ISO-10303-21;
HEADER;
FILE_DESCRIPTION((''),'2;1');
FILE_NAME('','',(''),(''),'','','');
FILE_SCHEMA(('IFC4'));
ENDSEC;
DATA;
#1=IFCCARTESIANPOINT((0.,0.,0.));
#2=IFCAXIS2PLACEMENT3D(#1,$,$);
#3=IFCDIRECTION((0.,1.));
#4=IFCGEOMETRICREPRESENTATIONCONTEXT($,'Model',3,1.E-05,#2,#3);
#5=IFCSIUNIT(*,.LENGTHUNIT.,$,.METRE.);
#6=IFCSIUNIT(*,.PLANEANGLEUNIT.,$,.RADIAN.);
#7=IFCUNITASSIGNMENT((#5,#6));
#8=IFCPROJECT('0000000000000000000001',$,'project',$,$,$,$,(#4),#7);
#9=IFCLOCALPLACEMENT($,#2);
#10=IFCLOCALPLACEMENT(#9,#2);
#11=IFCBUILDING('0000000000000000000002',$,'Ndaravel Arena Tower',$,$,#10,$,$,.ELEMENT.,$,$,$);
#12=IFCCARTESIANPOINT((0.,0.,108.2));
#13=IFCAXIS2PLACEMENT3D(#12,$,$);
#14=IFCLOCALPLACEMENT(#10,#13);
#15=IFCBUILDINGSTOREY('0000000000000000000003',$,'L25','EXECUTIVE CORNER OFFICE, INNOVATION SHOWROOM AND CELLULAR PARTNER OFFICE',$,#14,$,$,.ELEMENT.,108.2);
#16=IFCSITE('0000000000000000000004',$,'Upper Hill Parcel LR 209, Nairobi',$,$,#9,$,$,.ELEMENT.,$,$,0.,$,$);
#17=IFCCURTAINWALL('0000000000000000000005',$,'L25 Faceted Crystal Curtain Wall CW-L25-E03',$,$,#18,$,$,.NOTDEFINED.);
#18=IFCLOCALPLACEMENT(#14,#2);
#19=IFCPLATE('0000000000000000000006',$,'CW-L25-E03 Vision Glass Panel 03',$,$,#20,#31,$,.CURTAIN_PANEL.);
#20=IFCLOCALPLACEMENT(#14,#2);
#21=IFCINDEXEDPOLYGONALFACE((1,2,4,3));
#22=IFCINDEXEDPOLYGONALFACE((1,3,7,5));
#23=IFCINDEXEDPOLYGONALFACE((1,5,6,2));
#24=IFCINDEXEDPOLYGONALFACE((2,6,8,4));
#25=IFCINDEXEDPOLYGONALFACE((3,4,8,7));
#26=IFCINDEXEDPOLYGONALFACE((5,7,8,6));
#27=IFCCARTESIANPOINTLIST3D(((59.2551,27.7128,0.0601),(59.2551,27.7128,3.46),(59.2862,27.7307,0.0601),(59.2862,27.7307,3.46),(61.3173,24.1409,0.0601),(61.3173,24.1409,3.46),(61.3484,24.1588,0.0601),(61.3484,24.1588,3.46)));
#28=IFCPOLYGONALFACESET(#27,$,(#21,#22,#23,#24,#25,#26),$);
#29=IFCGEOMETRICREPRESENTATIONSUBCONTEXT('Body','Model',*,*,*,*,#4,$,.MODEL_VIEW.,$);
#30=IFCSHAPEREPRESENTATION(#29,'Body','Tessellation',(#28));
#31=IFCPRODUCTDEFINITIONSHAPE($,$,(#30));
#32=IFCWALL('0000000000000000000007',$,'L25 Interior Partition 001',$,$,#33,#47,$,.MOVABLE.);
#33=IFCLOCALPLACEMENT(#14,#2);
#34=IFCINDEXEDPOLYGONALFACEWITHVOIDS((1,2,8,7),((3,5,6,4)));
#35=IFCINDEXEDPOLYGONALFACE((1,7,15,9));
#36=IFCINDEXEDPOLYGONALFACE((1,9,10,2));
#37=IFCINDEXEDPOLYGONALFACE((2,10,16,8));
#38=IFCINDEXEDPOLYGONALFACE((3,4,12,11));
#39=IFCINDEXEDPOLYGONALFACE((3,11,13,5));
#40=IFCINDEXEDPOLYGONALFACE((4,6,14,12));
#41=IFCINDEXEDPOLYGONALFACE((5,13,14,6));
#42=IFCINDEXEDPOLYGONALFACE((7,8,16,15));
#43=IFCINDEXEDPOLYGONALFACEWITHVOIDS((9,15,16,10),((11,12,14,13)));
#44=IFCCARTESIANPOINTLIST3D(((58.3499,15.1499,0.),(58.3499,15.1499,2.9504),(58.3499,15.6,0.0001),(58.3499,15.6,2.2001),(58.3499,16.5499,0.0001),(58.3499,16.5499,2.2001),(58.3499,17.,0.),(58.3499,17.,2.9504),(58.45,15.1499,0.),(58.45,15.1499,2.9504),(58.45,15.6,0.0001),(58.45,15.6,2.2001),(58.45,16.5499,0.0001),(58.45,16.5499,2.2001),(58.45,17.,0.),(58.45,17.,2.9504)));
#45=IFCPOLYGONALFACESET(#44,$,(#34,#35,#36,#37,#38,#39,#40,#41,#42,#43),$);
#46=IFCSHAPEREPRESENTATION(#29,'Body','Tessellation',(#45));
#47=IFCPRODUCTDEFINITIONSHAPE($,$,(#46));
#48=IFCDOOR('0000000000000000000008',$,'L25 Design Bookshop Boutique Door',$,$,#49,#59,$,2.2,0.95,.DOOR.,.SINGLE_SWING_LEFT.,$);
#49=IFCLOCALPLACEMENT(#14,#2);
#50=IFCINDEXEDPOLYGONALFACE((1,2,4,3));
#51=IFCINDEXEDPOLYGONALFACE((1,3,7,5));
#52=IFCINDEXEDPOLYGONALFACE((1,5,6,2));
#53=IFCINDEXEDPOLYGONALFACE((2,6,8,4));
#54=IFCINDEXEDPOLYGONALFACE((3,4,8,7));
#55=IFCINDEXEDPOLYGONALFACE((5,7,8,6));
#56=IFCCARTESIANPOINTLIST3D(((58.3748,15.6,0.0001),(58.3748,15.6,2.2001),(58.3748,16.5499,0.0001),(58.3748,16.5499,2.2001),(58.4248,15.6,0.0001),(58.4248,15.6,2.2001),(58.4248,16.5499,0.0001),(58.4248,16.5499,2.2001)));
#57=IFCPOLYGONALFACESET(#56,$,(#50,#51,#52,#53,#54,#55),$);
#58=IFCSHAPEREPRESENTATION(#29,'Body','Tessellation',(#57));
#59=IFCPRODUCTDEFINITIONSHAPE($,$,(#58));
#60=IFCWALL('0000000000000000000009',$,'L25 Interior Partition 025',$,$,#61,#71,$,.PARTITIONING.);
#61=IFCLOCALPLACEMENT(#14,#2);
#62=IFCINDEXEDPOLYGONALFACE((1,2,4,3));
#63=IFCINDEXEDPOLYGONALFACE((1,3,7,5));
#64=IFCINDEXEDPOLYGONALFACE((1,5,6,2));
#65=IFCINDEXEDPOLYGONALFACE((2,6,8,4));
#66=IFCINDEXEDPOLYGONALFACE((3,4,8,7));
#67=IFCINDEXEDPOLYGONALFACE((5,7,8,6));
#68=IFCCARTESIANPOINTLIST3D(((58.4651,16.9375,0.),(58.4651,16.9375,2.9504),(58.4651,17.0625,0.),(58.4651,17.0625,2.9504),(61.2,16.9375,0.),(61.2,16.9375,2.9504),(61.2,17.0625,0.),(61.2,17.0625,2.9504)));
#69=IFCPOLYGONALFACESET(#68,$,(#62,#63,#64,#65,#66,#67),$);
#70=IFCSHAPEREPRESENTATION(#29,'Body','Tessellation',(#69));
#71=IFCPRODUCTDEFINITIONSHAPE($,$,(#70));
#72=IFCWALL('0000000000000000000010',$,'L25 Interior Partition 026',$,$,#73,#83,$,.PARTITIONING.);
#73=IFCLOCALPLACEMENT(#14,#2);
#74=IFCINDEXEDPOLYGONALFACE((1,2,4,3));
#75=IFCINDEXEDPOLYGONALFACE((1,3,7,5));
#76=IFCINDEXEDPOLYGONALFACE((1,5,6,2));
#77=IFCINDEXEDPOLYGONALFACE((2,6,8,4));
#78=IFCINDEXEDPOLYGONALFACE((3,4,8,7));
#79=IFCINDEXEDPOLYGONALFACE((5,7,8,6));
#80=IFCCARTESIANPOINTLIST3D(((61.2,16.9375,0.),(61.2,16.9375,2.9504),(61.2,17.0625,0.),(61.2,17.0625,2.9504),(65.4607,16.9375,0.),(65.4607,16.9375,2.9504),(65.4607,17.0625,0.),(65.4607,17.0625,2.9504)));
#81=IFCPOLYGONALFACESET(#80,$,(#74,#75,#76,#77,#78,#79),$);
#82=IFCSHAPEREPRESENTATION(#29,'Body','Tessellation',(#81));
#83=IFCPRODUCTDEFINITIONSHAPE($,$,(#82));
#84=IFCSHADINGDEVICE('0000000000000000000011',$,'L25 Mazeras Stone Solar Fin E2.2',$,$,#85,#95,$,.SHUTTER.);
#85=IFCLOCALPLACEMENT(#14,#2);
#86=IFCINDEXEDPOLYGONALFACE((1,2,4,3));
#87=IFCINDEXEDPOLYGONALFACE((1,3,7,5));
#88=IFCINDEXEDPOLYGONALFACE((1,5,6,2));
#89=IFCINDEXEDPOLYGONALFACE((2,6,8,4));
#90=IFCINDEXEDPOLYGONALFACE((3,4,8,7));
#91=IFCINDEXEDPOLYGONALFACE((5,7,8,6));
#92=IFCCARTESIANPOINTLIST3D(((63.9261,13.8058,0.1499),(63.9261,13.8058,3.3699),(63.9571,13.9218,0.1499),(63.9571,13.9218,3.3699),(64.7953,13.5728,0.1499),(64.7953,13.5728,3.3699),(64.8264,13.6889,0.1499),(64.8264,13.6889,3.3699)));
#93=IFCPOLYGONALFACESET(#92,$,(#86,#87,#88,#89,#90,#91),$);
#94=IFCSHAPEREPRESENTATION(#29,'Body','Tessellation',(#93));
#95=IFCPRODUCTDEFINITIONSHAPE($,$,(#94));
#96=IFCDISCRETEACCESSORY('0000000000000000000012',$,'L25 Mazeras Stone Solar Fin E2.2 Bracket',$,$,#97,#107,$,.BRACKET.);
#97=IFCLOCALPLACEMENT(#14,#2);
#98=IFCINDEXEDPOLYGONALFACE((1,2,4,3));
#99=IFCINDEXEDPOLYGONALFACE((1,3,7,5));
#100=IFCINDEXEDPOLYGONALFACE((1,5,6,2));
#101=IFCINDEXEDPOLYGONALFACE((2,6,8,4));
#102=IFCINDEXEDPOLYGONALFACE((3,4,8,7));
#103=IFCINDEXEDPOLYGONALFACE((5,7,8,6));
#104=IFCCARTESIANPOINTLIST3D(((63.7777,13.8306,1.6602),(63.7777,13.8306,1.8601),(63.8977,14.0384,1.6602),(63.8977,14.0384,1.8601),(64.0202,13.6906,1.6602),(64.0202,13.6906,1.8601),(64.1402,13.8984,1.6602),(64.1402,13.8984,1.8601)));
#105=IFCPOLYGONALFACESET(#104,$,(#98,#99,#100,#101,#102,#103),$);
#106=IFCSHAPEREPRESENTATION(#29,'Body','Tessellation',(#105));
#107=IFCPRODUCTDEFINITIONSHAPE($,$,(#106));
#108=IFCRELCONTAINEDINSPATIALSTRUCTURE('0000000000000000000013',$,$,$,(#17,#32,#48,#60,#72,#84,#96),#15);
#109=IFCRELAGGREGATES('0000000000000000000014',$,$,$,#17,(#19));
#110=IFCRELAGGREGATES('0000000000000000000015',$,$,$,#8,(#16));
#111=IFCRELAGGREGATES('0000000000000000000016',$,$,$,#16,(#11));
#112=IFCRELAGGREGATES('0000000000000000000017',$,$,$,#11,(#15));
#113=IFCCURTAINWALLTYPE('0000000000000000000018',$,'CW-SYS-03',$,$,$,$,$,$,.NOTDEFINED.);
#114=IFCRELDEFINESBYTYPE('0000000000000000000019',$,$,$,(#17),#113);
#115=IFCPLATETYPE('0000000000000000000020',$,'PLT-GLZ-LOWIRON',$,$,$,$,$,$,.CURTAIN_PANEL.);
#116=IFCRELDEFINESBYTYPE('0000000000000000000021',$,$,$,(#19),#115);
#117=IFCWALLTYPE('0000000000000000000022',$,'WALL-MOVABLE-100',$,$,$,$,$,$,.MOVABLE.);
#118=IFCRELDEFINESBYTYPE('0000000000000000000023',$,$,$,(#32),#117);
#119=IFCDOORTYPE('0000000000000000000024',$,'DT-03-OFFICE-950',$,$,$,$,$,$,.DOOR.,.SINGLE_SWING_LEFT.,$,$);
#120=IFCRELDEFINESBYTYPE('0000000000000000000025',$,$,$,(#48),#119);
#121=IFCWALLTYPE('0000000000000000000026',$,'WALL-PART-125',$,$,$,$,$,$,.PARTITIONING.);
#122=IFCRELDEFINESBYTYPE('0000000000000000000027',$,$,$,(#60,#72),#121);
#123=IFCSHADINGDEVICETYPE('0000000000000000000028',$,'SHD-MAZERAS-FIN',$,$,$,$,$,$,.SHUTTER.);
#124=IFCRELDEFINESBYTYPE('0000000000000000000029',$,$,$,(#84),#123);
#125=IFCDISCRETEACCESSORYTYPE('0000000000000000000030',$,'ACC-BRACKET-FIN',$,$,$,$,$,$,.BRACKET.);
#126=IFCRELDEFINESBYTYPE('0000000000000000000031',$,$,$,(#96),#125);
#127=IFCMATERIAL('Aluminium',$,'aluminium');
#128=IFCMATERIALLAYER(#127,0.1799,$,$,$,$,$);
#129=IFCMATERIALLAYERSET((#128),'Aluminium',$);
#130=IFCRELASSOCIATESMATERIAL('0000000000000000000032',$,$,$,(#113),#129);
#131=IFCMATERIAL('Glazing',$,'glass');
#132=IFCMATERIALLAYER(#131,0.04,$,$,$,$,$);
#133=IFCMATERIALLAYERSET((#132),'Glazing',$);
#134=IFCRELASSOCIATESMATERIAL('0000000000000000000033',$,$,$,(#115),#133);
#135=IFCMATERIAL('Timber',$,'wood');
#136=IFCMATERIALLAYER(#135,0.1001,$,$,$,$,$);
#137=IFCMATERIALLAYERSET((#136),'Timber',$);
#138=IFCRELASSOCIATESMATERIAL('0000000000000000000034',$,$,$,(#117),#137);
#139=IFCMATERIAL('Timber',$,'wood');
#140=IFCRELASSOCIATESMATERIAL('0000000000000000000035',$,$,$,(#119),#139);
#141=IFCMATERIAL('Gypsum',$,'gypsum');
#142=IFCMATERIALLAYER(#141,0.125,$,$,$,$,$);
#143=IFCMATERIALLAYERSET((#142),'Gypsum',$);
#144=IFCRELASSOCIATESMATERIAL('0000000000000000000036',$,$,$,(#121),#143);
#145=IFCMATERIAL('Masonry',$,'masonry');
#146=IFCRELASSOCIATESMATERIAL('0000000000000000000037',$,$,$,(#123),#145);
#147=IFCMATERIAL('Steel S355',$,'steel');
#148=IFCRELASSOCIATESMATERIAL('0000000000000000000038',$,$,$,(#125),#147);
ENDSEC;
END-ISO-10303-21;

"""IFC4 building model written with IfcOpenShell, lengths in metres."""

from ifc_helpers import new_model, si_unit, direction, frame, frame_2d, origin, origin_2d, place, context, subcontext, project, spatial, rectangle, extrude, material, layer, layer_set, type_object, element, fill, aggregate, save


model = new_model("IFC4")

# Units and contexts
model_context = context("Model", 3, precision=1e-05, world=origin(), true_north=direction((0.0, 1.0)))
body_context = subcontext(model_context, "Body", "Model", "MODEL_VIEW")
ifc_project = project(units=[si_unit("LENGTHUNIT", "METRE"), si_unit("PLANEANGLEUNIT", "RADIAN")], contexts=[model_context])

# Site, building, storey
site_placement = place(None, origin())
site = spatial("IfcSite", under=ifc_project, at=site_placement, Name="Upper Hill Parcel LR 209, Nairobi", CompositionType="ELEMENT", RefElevation=0.0)
building_placement = place(site_placement, origin())
building = spatial("IfcBuilding", under=site, at=building_placement, Name="Ndaravel Arena Tower", CompositionType="ELEMENT")
storey_placement = place(building_placement, frame((0.0, 0.0, 108.2)))
storey = spatial("IfcBuildingStorey", under=building, at=storey_placement, Name="L25", Description="EXECUTIVE CORNER OFFICE, INNOVATION SHOWROOM AND CELLULAR PARTNER OFFICE", CompositionType="ELEMENT", Elevation=108.2)

# Curtain wall
ifc_material_1 = material(Name="Aluminium", Category="aluminium")
ifc_layer_1 = layer(ifc_material_1, 0.1799)
ifc_layer_set_1 = layer_set([ifc_layer_1], Name="Aluminium")
curtain_wall_type_1 = type_object("IfcCurtainWallType", Name="CW-SYS-03", PredefinedType="NOTDEFINED", material=ifc_layer_set_1)
curtain_wall_1_placement = place(storey_placement, origin())
curtain_wall_1 = element("IfcCurtainWall", 1, at=curtain_wall_1_placement, inside=storey, type_object=curtain_wall_type_1, Name="L25 Faceted Crystal Curtain Wall CW-L25-E03", PredefinedType="NOTDEFINED")

# Plate
ifc_material_2 = material(Name="Glazing", Category="glass")
ifc_layer_2 = layer(ifc_material_2, 0.04)
ifc_layer_set_2 = layer_set([ifc_layer_2], Name="Glazing")
plate_type_1 = type_object("IfcPlateType", Name="PLT-GLZ-LOWIRON", PredefinedType="CURTAIN_PANEL", material=ifc_layer_set_2)
plate_1_placement = place(storey_placement, frame((60.3018, 25.9358, 0.0601), z_axis=(0.0, 0.0, 1.0), x_axis=(-0.5, 0.866025, 0.0)))
plate_1 = element("IfcPlate", 2, at=plate_1_placement, type_object=plate_type_1, Name="CW-L25-E03 Vision Glass Panel 03", PredefinedType="CURTAIN_PANEL", context=body_context, shape_type="SweptSolid", body=[
    extrude(rectangle(XDim=4.1245, YDim=0.0359, at=origin_2d()), origin(), (0.0, 0.0, 1.0), 3.3999),
])
aggregate(curtain_wall_1, [plate_1])

# Wall, opening, door
ifc_material_3 = material(Name="Timber", Category="wood")
ifc_layer_3 = layer(ifc_material_3, 0.1001)
ifc_layer_set_3 = layer_set([ifc_layer_3], Name="Timber")
wall_type_1 = type_object("IfcWallType", Name="WALL-MOVABLE-100", PredefinedType="MOVABLE", material=ifc_layer_set_3)
wall_1_placement = place(storey_placement, frame((58.3999, 17.0, 0.0), z_axis=(0.0, 0.0, 1.0), x_axis=(0.0, -1.0, 0.0)))
wall_1 = element("IfcWall", 3, at=wall_1_placement, inside=storey, type_object=wall_type_1, Name="L25 Interior Partition 001", PredefinedType="MOVABLE", context=body_context, shape_type="SweptSolid", body=[
    extrude(rectangle(XDim=1.8501, YDim=0.1001, at=frame_2d((0.925, 0.0))), origin(), (0.0, 0.0, 1.0), 2.9504),
])
opening_placement = place(wall_1_placement, frame((0.45, 0.0, 0.0)))
opening = element("IfcOpeningElement", 4, at=opening_placement, cuts=wall_1, PredefinedType="OPENING", context=body_context, shape_type="SweptSolid", body=[
    extrude(rectangle(XDim=0.95, YDim=2.2, at=frame_2d((0.4751, 1.1001))), frame((0.0, 0.05, 0.0), z_axis=(0.0, -1.0, 0.0), x_axis=(1.0, 0.0, 0.0)), (0.0, 0.0, 1.0), 0.1001),
])
ifc_material_4 = material(Name="Timber", Category="wood")
door_type = type_object("IfcDoorType", Name="DT-03-OFFICE-950", OperationType="SINGLE_SWING_LEFT", PredefinedType="DOOR", material=ifc_material_4)
door_placement = place(opening_placement, origin())
door = element("IfcDoor", 5, at=door_placement, inside=storey, type_object=door_type, Name="L25 Design Bookshop Boutique Door", OperationType="SINGLE_SWING_LEFT", OverallHeight=2.2, OverallWidth=0.95, PredefinedType="DOOR", context=body_context, shape_type="SweptSolid", body=[
    extrude(rectangle(XDim=0.95, YDim=2.2, at=frame_2d((0.4751, 1.1001))), frame((0.0, 0.0249, 0.0), z_axis=(0.0, -1.0, 0.0), x_axis=(1.0, 0.0, 0.0)), (0.0, 0.0, 1.0), 0.05),
])
fill(opening, door)

# Walls
ifc_material_5 = material(Name="Gypsum", Category="gypsum")
ifc_layer_4 = layer(ifc_material_5, 0.125)
ifc_layer_set_4 = layer_set([ifc_layer_4], Name="Gypsum")
wall_type_2 = type_object("IfcWallType", Name="WALL-PART-125", PredefinedType="PARTITIONING", material=ifc_layer_set_4)
wall_2_placement = place(storey_placement, frame((58.4651, 17.0, 0.0), z_axis=(0.0, 0.0, 1.0), x_axis=(1.0, 0.0, 0.0)))
element("IfcWall", 6, at=wall_2_placement, inside=storey, type_object=wall_type_2, Name="L25 Interior Partition 025", PredefinedType="PARTITIONING", context=body_context, shape_type="SweptSolid", body=[
    extrude(rectangle(XDim=2.7349, YDim=0.125, at=frame_2d((1.3674, 0.0))), origin(), (0.0, 0.0, 1.0), 2.9504),
])
wall_3_placement = place(storey_placement, frame((61.2, 17.0, 0.0), z_axis=(0.0, 0.0, 1.0), x_axis=(1.0, 0.0, 0.0)))
element("IfcWall", 7, at=wall_3_placement, inside=storey, type_object=wall_type_2, Name="L25 Interior Partition 026", PredefinedType="PARTITIONING", context=body_context, shape_type="SweptSolid", body=[
    extrude(rectangle(XDim=4.2607, YDim=0.125, at=frame_2d((2.1304, 0.0))), origin(), (0.0, 0.0, 1.0), 2.9504),
])

# Shading device
ifc_material_6 = material(Name="Masonry", Category="masonry")
shading_device_type = type_object("IfcShadingDeviceType", Name="SHD-MAZERAS-FIN", PredefinedType="SHUTTER", material=ifc_material_6)
shading_device_placement = place(storey_placement, frame((64.3762, 13.7473, 0.1499), z_axis=(0.0, 0.0, 1.0), x_axis=(0.965926, -0.258819, 0.0)))
element("IfcShadingDevice", 8, at=shading_device_placement, inside=storey, type_object=shading_device_type, Name="L25 Mazeras Stone Solar Fin E2.2", PredefinedType="SHUTTER", context=body_context, shape_type="SweptSolid", body=[
    extrude(rectangle(XDim=0.8999, YDim=0.1201, at=origin_2d()), origin(), (0.0, 0.0, 1.0), 3.22),
])

# Discrete accessory
ifc_material_7 = material(Name="Steel S355", Category="steel")
discrete_accessory_type = type_object("IfcDiscreteAccessoryType", Name="ACC-BRACKET-FIN", PredefinedType="BRACKET", material=ifc_material_7)
discrete_accessory_placement = place(storey_placement, frame((63.959, 13.8645, 1.6602), z_axis=(0.0, 0.0, 1.0), x_axis=(0.866025, -0.5, 0.0)))
element("IfcDiscreteAccessory", 9, at=discrete_accessory_placement, inside=storey, type_object=discrete_accessory_type, Name="L25 Mazeras Stone Solar Fin E2.2 Bracket", PredefinedType="BRACKET", context=body_context, shape_type="SweptSolid", body=[
    extrude(rectangle(XDim=0.28, YDim=0.24, at=origin_2d()), origin(), (0.0, 0.0, 1.0), 0.2),
])

save(model, "model.ifc")
